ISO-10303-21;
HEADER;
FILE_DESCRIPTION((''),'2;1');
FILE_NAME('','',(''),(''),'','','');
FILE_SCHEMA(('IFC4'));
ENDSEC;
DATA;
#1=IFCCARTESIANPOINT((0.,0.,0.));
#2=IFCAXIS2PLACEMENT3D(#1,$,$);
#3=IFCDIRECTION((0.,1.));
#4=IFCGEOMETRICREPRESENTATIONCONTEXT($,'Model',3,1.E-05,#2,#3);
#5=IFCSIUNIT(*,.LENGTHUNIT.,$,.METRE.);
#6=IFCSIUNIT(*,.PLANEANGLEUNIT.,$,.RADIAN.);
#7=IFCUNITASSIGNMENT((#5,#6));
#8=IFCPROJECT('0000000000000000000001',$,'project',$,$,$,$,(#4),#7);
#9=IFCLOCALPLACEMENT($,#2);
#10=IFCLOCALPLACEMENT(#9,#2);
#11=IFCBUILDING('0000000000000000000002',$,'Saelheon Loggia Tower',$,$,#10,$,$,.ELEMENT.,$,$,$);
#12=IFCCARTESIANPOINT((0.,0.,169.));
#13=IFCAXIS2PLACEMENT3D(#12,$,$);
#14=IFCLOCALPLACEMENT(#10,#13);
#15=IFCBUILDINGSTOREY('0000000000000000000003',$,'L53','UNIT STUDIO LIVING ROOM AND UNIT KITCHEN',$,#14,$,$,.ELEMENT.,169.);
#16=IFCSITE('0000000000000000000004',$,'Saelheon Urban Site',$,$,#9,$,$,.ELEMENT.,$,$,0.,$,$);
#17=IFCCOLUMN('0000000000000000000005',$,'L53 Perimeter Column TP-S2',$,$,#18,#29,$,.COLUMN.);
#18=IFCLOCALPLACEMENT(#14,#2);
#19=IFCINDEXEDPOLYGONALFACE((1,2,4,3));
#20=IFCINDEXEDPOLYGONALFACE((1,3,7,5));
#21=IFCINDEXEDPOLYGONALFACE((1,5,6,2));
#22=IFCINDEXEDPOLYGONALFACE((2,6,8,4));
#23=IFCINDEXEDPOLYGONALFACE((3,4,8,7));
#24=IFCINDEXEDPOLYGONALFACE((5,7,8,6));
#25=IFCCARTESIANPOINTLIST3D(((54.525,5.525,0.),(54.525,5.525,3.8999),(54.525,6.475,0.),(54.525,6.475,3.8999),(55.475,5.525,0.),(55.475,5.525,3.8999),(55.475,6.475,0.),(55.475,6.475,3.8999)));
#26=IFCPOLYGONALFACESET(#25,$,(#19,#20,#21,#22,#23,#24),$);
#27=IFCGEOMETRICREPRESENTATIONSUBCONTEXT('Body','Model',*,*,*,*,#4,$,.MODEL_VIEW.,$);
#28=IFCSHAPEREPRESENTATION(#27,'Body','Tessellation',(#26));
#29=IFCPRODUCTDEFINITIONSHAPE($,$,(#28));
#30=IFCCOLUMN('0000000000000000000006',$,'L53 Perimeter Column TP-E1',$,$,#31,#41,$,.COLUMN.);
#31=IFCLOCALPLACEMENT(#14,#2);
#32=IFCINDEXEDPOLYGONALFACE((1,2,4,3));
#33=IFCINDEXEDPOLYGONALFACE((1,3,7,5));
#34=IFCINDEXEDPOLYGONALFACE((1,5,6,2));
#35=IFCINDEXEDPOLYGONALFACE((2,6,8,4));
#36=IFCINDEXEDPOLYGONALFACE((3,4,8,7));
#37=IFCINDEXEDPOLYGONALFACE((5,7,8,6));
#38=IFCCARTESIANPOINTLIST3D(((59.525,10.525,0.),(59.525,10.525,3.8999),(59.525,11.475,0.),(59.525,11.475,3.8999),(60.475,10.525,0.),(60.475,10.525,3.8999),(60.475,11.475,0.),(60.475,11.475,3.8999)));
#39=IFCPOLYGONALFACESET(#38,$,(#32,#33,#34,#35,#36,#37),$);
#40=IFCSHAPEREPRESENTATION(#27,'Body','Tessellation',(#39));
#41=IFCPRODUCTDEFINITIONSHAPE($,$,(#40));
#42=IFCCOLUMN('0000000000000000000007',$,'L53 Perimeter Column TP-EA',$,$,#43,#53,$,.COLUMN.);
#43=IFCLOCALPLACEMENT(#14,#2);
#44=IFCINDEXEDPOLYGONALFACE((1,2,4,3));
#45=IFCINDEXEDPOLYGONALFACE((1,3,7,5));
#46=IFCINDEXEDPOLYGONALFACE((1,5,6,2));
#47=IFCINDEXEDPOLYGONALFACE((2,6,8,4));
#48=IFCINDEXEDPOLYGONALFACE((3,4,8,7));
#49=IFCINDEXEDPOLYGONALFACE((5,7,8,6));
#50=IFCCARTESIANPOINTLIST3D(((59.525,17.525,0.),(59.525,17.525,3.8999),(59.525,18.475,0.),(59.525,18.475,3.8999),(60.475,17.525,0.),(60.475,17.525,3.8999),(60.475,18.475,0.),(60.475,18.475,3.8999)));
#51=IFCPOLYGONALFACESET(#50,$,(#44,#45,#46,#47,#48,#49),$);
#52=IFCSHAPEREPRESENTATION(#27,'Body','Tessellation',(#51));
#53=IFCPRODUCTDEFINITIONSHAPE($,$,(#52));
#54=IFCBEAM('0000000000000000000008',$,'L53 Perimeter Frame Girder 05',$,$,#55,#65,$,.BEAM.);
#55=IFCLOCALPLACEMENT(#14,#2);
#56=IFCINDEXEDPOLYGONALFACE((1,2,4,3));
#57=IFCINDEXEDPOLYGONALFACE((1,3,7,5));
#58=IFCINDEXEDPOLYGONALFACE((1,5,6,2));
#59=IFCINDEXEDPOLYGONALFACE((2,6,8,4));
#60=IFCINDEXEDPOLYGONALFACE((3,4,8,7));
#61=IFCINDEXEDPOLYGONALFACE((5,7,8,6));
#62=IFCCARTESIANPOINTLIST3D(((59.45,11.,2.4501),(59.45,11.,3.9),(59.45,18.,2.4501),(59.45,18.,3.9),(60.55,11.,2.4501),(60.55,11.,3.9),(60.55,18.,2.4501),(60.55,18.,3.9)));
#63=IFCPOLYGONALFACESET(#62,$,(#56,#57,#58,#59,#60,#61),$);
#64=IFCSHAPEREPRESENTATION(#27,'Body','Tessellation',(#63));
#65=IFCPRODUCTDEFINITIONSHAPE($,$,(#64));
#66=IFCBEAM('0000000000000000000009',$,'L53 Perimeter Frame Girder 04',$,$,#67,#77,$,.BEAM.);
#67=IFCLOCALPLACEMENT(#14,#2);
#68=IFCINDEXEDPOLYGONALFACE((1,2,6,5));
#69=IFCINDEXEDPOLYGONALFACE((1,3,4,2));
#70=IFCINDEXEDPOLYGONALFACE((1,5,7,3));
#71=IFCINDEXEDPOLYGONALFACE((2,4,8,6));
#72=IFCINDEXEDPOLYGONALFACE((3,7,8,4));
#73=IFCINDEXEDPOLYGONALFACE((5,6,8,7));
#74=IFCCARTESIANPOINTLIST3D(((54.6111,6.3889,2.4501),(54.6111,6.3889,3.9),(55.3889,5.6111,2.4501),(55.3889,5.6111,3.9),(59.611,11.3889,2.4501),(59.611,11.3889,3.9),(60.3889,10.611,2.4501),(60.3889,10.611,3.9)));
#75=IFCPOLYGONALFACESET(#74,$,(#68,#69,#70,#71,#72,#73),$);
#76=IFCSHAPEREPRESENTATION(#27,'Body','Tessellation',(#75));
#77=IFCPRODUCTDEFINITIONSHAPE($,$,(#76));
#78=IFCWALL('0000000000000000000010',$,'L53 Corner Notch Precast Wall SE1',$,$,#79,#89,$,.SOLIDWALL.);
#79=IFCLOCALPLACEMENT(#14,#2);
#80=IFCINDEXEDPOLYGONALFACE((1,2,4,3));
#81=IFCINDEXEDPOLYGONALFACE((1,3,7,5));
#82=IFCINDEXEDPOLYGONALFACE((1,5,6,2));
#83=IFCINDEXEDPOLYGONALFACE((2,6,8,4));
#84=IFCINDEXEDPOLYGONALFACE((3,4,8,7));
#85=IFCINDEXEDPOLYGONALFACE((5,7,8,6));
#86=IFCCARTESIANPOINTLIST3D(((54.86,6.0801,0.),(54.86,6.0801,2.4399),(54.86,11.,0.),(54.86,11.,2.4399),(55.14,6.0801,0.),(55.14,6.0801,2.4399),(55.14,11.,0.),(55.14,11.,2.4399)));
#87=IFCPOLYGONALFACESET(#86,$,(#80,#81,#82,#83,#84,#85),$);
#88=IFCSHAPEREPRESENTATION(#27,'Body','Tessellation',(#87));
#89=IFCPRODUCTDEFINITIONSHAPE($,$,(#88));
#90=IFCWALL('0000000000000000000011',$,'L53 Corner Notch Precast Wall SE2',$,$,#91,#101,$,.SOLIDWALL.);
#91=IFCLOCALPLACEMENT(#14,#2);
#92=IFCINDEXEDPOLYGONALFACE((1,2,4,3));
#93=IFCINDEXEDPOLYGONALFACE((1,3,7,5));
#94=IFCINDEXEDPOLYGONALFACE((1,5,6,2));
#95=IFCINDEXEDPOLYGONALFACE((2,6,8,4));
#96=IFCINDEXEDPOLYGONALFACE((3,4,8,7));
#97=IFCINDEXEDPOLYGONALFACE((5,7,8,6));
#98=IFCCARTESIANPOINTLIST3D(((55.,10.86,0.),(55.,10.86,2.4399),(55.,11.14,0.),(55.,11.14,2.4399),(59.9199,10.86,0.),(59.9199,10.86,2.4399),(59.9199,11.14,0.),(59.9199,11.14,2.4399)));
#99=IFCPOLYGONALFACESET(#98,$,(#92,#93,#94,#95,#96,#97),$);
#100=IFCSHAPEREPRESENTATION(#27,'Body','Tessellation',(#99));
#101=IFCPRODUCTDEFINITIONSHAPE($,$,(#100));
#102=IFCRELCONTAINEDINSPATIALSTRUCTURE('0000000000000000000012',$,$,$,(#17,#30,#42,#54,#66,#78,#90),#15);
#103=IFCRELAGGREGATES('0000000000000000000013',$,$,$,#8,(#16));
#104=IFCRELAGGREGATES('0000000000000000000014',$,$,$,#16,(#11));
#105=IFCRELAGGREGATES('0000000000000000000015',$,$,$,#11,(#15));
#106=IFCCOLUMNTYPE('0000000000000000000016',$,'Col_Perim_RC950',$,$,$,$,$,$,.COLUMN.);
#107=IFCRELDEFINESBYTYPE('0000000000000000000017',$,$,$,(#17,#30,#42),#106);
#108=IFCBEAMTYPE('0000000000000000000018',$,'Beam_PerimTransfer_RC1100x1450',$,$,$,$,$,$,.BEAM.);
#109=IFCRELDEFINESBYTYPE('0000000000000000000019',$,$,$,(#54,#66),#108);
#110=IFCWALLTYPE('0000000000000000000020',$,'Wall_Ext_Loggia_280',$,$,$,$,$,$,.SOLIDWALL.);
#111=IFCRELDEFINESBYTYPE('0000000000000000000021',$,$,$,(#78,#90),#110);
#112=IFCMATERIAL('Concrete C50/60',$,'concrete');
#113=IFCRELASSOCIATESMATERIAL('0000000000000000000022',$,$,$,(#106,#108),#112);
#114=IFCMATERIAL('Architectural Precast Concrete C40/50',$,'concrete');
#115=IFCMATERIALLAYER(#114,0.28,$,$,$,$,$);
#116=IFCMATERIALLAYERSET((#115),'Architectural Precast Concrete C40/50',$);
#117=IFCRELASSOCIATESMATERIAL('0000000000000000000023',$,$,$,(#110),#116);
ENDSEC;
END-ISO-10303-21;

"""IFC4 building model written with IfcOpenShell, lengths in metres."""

from ifc_helpers import new_model, si_unit, direction, frame, frame_2d, origin, origin_2d, place, context, subcontext, project, spatial, rectangle, extrude, source, transform, mapped, material, layer, layer_set, material_profile, profile_set, type_object, element, save


model = new_model("IFC4")

# Units and contexts
model_context = context("Model", 3, precision=1e-05, world=origin(), true_north=direction((0.0, 1.0)))
body_context = subcontext(model_context, "Body", "Model", "MODEL_VIEW")
ifc_project = project(units=[si_unit("LENGTHUNIT", "METRE"), si_unit("PLANEANGLEUNIT", "RADIAN")], contexts=[model_context])

# Site, building, storey
site_placement = place(None, origin())
site = spatial("IfcSite", under=ifc_project, at=site_placement, Name="Saelheon Urban Site", CompositionType="ELEMENT", RefElevation=0.0)
building_placement = place(site_placement, origin())
building = spatial("IfcBuilding", under=site, at=building_placement, Name="Saelheon Loggia Tower", CompositionType="ELEMENT")
storey_placement = place(building_placement, frame((0.0, 0.0, 169.0)))
storey = spatial("IfcBuildingStorey", under=building, at=storey_placement, Name="L53", Description="UNIT STUDIO LIVING ROOM AND UNIT KITCHEN", CompositionType="ELEMENT", Elevation=169.0)

# Columns
ifc_material_1 = material(Name="Concrete C50/60", Category="concrete")
ifc_material_profile_1 = material_profile(ifc_material_1, rectangle(XDim=0.95, YDim=0.95, at=origin_2d()), Name="RC-950x950")
ifc_profile_set_1 = profile_set([ifc_material_profile_1], Name="Concrete C50/60")
column_type = type_object("IfcColumnType", Name="Col_Perim_RC950", PredefinedType="COLUMN", material=ifc_profile_set_1)
shared_shape_1 = source(origin(), body_context, "Body", "SweptSolid", [
    extrude(rectangle(XDim=0.95, YDim=0.95, at=origin_2d()), origin(), (0.0, 0.0, 1.0), 3.8999),
])
for number, where, z_axis, x_axis, name in (
    (1, (55.0, 6.0, 0.0), (0.0, 0.0, 1.0), (1.0, 0.0, 0.0), "L53 Perimeter Column TP-S2"),
    (2, (60.0, 11.0, 0.0), (0.0, 0.0, 1.0), (1.0, 0.0, 0.0), "L53 Perimeter Column TP-E1"),
    (3, (60.0, 18.0, 0.0), (0.0, 0.0, 1.0), (1.0, 0.0, 0.0), "L53 Perimeter Column TP-EA"),
):
    element("IfcColumn", number, at=place(storey_placement, frame(where, z_axis=z_axis, x_axis=x_axis)), inside=storey, type_object=column_type, Name=name, PredefinedType="COLUMN", context=body_context, shape_type="MappedRepresentation", body=[
        mapped(shared_shape_1, transform((0.0, 0.0, 0.0), scale=1.0)),
    ])

# Beams
ifc_material_profile_2 = material_profile(ifc_material_1, rectangle(XDim=1.1001, YDim=1.45, at=origin_2d()), Name="RC-1100x1450")
ifc_profile_set_2 = profile_set([ifc_material_profile_2], Name="Concrete C50/60")
beam_type = type_object("IfcBeamType", Name="Beam_PerimTransfer_RC1100x1450", PredefinedType="BEAM", material=ifc_profile_set_2)
shared_shape_2 = source(origin(), body_context, "Body", "SweptSolid", [
    extrude(rectangle(XDim=1.1001, YDim=1.45, at=origin_2d()), origin(), (0.0, 0.0, 1.0), 7.0),
])
beam_1_placement = place(storey_placement, frame((60.0, 11.0, 3.175), z_axis=(0.0, 1.0, 0.0), x_axis=(-1.0, 0.0, 0.0)))
element("IfcBeam", 4, at=beam_1_placement, inside=storey, type_object=beam_type, Name="L53 Perimeter Frame Girder 05", PredefinedType="BEAM", context=body_context, shape_type="MappedRepresentation", body=[
    mapped(shared_shape_2, transform((0.0, 0.0, 0.0), scale=1.0)),
])
shared_shape_3 = source(origin(), body_context, "Body", "SweptSolid", [
    extrude(rectangle(XDim=1.1001, YDim=1.45, at=origin_2d()), origin(), (0.0, 0.0, 1.0), 7.071),
])
beam_2_placement = place(storey_placement, frame((55.0, 6.0, 3.175), z_axis=(0.707107, 0.707107, 0.0), x_axis=(-0.707107, 0.707107, 0.0)))
element("IfcBeam", 5, at=beam_2_placement, inside=storey, type_object=beam_type, Name="L53 Perimeter Frame Girder 04", PredefinedType="BEAM", context=body_context, shape_type="MappedRepresentation", body=[
    mapped(shared_shape_3, transform((0.0, 0.0, 0.0), scale=1.0)),
])

# Shared definitions
ifc_material_2 = material(Name="Architectural Precast Concrete C40/50", Category="concrete")
ifc_layer = layer(ifc_material_2, 0.28)
ifc_layer_set = layer_set([ifc_layer], Name="Architectural Precast Concrete C40/50")
wall_type = type_object("IfcWallType", Name="Wall_Ext_Loggia_280", PredefinedType="SOLIDWALL", material=ifc_layer_set)

# Walls
for number, where, z_axis, x_axis, name in (
    (6, (55.0, 6.0801, 0.0), (0.0, 0.0, 1.0), (0.0, 1.0, 0.0), "L53 Corner Notch Precast Wall SE1"),
    (7, (55.0, 11.0, 0.0), (0.0, 0.0, 1.0), (1.0, 0.0, 0.0), "L53 Corner Notch Precast Wall SE2"),
):
    element("IfcWall", number, at=place(storey_placement, frame(where, z_axis=z_axis, x_axis=x_axis)), inside=storey, type_object=wall_type, Name=name, PredefinedType="SOLIDWALL", context=body_context, shape_type="SweptSolid", body=[
        extrude(rectangle(XDim=4.9199, YDim=0.28, at=frame_2d((2.46, 0.0))), origin(), (0.0, 0.0, 1.0), 2.4399),
    ])

save(model, "model.ifc")
